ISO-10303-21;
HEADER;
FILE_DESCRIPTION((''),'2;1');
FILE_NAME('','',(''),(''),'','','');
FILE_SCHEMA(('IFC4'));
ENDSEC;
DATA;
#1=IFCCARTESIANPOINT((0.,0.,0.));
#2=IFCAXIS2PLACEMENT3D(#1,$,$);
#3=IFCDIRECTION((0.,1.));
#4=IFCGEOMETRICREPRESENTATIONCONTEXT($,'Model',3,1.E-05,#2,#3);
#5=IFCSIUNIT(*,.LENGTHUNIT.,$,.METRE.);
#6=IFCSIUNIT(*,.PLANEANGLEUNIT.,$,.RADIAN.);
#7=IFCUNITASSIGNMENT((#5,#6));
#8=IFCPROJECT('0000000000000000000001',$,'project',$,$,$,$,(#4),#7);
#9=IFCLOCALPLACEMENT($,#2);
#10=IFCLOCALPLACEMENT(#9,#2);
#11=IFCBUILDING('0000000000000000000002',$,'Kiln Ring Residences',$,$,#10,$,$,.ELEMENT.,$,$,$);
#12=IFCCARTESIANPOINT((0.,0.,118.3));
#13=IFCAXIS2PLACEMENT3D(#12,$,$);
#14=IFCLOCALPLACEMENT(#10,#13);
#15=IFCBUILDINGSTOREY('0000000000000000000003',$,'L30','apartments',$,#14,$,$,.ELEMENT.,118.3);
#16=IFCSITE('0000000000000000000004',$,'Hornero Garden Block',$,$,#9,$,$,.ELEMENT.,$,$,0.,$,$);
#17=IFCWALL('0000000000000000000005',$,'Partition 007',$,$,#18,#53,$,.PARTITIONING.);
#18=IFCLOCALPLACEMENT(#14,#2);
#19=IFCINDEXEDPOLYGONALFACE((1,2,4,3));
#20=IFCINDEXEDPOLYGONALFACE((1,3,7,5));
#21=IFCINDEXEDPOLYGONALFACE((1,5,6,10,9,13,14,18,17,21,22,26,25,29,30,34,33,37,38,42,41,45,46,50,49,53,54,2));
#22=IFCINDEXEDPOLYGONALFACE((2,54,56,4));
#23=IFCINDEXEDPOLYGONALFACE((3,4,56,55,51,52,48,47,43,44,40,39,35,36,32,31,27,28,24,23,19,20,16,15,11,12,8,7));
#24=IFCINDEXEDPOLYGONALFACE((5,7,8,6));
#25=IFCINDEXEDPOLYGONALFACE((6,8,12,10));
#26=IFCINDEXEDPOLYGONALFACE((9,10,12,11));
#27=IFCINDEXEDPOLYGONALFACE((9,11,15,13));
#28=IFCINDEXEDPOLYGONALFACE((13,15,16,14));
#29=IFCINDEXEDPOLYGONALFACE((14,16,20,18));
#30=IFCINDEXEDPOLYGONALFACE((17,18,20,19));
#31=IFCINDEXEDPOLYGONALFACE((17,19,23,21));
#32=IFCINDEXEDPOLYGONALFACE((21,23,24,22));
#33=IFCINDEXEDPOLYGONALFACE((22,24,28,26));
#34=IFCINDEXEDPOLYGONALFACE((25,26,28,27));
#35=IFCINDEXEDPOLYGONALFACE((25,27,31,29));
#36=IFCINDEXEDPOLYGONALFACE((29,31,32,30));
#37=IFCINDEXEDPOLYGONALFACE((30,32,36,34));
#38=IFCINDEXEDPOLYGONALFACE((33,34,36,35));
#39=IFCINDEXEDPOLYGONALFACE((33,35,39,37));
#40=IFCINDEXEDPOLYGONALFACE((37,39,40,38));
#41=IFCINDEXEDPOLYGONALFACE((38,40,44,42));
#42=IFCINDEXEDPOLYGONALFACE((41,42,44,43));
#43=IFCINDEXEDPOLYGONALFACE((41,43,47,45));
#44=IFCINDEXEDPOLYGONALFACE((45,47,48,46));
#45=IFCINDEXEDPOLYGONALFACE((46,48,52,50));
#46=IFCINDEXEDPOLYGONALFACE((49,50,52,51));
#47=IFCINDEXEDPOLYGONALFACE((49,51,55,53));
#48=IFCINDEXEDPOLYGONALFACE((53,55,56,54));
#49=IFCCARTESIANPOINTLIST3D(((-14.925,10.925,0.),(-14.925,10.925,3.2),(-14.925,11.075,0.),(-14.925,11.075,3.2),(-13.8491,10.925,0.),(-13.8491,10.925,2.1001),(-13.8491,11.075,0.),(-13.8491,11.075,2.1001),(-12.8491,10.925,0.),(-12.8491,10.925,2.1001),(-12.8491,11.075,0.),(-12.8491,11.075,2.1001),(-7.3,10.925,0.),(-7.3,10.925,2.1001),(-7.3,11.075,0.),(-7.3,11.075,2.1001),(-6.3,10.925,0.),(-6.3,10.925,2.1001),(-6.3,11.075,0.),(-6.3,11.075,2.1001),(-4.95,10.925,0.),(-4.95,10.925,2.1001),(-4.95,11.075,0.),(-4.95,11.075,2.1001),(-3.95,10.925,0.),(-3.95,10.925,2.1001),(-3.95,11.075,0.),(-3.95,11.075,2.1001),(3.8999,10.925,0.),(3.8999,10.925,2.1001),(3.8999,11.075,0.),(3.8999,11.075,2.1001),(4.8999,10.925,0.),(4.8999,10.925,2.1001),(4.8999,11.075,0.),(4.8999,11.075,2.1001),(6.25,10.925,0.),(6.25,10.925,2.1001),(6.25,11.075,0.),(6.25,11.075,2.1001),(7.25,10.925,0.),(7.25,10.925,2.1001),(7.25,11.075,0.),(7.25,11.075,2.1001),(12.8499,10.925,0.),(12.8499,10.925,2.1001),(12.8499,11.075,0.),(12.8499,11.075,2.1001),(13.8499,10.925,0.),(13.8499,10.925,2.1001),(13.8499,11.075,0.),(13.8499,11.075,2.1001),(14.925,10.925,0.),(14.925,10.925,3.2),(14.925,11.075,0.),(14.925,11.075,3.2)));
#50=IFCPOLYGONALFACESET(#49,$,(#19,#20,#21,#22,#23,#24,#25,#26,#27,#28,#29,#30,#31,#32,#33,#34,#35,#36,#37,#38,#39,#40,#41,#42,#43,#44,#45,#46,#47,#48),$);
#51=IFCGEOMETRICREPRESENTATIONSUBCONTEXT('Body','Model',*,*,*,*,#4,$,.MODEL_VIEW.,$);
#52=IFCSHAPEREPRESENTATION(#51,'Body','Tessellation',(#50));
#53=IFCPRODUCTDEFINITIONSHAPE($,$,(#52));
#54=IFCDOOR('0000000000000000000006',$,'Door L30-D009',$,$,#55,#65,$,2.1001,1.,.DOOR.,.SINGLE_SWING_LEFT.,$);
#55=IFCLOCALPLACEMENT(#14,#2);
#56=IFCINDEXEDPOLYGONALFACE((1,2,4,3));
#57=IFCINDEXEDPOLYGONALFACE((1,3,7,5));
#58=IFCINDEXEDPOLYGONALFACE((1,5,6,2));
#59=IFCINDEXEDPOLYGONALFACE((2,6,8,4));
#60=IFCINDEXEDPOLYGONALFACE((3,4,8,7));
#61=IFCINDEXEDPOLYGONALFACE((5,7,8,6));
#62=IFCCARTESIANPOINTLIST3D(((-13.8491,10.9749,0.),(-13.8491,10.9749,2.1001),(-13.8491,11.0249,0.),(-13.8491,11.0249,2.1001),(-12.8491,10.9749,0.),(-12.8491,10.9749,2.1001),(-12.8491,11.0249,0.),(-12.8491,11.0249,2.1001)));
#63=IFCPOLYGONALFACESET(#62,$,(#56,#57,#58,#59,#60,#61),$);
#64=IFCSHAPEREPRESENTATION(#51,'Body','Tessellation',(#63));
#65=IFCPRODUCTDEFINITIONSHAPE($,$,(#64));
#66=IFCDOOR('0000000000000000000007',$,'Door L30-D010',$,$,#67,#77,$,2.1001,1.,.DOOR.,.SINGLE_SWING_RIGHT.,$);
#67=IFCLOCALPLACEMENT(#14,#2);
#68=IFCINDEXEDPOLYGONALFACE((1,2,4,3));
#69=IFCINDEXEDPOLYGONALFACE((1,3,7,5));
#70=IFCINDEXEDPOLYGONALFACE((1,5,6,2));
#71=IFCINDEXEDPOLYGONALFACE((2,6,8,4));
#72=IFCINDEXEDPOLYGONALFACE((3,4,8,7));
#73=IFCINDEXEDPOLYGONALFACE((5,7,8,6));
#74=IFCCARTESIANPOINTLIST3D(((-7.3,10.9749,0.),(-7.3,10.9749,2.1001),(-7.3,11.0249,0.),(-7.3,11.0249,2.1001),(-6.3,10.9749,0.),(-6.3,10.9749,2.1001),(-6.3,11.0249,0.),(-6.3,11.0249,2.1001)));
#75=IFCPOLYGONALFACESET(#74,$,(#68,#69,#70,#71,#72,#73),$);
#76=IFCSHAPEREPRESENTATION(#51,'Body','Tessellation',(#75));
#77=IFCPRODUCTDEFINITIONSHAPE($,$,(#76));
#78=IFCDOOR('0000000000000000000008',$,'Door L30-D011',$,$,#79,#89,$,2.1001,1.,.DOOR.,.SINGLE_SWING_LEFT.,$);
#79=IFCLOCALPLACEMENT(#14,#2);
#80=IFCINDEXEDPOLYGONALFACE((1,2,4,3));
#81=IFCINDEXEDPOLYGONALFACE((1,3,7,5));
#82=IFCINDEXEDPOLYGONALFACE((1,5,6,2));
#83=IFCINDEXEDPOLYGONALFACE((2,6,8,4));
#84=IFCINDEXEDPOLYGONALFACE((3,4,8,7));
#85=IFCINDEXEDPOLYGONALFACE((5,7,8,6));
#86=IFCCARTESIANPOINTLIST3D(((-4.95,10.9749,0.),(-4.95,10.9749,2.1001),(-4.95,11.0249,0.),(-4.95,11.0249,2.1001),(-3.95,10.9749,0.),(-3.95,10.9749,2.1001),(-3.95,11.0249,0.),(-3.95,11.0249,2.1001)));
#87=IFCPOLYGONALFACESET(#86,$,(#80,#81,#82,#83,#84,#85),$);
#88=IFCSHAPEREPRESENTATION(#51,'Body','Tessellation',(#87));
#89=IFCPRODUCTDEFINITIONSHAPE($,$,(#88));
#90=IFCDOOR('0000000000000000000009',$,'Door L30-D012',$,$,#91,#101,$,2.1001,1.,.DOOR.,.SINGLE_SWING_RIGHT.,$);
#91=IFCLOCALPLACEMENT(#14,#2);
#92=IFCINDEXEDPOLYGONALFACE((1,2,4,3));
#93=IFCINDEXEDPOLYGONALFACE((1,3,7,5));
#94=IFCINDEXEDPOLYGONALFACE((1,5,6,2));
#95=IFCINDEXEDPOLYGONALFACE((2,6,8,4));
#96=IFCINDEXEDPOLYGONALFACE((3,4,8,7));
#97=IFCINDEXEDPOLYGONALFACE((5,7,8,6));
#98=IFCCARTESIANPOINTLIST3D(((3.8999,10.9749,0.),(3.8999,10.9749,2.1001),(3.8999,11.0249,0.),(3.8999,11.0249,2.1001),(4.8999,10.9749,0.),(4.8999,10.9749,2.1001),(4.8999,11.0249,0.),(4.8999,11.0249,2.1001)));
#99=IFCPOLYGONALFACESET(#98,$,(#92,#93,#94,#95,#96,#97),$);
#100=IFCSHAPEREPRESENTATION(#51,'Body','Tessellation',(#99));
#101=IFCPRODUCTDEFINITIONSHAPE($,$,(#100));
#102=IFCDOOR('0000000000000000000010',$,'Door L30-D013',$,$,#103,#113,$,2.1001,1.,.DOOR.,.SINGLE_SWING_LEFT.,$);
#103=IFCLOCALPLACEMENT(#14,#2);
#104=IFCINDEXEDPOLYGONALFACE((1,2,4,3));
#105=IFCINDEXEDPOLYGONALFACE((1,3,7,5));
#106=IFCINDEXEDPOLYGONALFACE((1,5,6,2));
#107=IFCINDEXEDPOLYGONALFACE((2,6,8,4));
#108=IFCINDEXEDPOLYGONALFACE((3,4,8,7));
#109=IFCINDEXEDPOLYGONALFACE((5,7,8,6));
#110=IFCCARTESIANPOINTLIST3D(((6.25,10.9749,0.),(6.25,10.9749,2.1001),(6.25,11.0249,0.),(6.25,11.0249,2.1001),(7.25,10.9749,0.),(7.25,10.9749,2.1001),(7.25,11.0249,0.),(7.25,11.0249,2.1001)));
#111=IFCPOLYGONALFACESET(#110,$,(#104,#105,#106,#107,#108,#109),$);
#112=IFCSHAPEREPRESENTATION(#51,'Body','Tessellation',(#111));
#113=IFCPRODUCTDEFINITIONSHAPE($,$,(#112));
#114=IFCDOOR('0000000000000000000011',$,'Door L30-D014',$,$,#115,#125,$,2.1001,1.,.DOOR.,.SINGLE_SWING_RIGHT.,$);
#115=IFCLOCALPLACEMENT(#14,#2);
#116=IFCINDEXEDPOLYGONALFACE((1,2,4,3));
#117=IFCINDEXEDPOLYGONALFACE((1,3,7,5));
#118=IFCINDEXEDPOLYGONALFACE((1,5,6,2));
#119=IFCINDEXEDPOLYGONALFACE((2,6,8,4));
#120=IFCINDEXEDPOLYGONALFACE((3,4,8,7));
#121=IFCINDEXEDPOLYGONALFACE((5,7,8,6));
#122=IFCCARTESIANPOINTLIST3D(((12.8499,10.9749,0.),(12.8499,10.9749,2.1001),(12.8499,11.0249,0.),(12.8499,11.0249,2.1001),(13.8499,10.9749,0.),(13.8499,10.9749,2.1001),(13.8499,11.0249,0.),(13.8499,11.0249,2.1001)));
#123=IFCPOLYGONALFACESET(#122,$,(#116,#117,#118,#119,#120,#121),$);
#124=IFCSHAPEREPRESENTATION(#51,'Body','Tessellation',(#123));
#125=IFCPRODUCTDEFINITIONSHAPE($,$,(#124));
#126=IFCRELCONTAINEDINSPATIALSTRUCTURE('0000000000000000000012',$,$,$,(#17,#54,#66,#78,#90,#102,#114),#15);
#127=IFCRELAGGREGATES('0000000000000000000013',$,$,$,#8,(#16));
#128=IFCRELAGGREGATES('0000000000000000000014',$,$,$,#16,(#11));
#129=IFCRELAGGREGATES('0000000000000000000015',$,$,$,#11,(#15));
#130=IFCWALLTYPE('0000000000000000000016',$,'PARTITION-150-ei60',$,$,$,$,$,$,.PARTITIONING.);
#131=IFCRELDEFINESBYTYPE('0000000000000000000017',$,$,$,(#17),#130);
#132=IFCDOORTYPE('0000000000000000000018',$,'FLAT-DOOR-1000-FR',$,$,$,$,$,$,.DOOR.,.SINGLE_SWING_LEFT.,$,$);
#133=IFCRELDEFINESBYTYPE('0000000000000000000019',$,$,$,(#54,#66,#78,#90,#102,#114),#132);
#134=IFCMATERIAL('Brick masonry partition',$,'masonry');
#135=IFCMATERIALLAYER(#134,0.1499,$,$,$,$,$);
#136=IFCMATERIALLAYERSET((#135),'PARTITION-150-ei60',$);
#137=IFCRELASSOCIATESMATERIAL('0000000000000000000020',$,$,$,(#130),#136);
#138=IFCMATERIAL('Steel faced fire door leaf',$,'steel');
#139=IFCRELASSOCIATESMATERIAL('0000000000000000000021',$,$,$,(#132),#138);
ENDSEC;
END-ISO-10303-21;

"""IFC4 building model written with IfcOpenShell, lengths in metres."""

from ifc_helpers import new_model, si_unit, direction, frame, frame_2d, origin, place, context, subcontext, project, spatial, rectangle, extrude, material, layer, layer_set, type_object, element, fill, save


model = new_model("IFC4")

# Units and contexts
model_context = context("Model", 3, precision=1e-05, world=origin(), true_north=direction((0.0, 1.0)))
body_context = subcontext(model_context, "Body", "Model", "MODEL_VIEW")
ifc_project = project(units=[si_unit("LENGTHUNIT", "METRE"), si_unit("PLANEANGLEUNIT", "RADIAN")], contexts=[model_context])

# Site, building, storey
site_placement = place(None, origin())
site = spatial("IfcSite", under=ifc_project, at=site_placement, Name="Hornero Garden Block", CompositionType="ELEMENT", RefElevation=0.0)
building_placement = place(site_placement, origin())
building = spatial("IfcBuilding", under=site, at=building_placement, Name="Kiln Ring Residences", CompositionType="ELEMENT")
storey_placement = place(building_placement, frame((0.0, 0.0, 118.3)))
storey = spatial("IfcBuildingStorey", under=building, at=storey_placement, Name="L30", Description="apartments", CompositionType="ELEMENT", Elevation=118.3)

# Wall, openings, doors
ifc_material_1 = material(Name="Brick masonry partition", Category="masonry")
ifc_layer_1 = layer(ifc_material_1, 0.1499)
ifc_layer_set_1 = layer_set([ifc_layer_1], Name="PARTITION-150-ei60")
wall_type = type_object("IfcWallType", Name="PARTITION-150-ei60", PredefinedType="PARTITIONING", material=ifc_layer_set_1)
wall_1_placement = place(storey_placement, frame((-14.925, 11.0, 0.0), z_axis=(0.0, 0.0, 1.0), x_axis=(1.0, 0.0, 0.0)))
wall_1 = element("IfcWall", 1, at=wall_1_placement, inside=storey, type_object=wall_type, Name="Partition 007", PredefinedType="PARTITIONING", context=body_context, shape_type="SweptSolid", body=[
    extrude(rectangle(XDim=29.8501, YDim=0.1499, at=frame_2d((14.925, 0.0))), origin(), (0.0, 0.0, 1.0), 3.2),
])
opening_1_placement = place(wall_1_placement, frame((1.0759, 0.0, 0.0)))
opening_1 = element("IfcOpeningElement", 2, at=opening_1_placement, cuts=wall_1, PredefinedType="OPENING", context=body_context, shape_type="SweptSolid", body=[
    extrude(rectangle(XDim=1.0, YDim=2.1001, at=frame_2d((0.5, 1.05))), frame((0.0, 0.085, 0.0), z_axis=(0.0, -1.0, 0.0), x_axis=(1.0, 0.0, 0.0)), (0.0, 0.0, 1.0), 0.1699),
])
opening_2_placement = place(wall_1_placement, frame((7.625, 0.0, 0.0)))
opening_2 = element("IfcOpeningElement", 3, at=opening_2_placement, cuts=wall_1, PredefinedType="OPENING", context=body_context, shape_type="SweptSolid", body=[
    extrude(rectangle(XDim=1.0, YDim=2.1001, at=frame_2d((0.5, 1.05))), frame((0.0, 0.085, 0.0), z_axis=(0.0, -1.0, 0.0), x_axis=(1.0, 0.0, 0.0)), (0.0, 0.0, 1.0), 0.1699),
])
opening_3_placement = place(wall_1_placement, frame((9.9751, 0.0, 0.0)))
opening_3 = element("IfcOpeningElement", 4, at=opening_3_placement, cuts=wall_1, PredefinedType="OPENING", context=body_context, shape_type="SweptSolid", body=[
    extrude(rectangle(XDim=1.0, YDim=2.1001, at=frame_2d((0.5, 1.05))), frame((0.0, 0.085, 0.0), z_axis=(0.0, -1.0, 0.0), x_axis=(1.0, 0.0, 0.0)), (0.0, 0.0, 1.0), 0.1699),
])
opening_4_placement = place(wall_1_placement, frame((18.825, 0.0, 0.0)))
opening_4 = element("IfcOpeningElement", 5, at=opening_4_placement, cuts=wall_1, PredefinedType="OPENING", context=body_context, shape_type="SweptSolid", body=[
    extrude(rectangle(XDim=1.0, YDim=2.1001, at=frame_2d((0.5, 1.05))), frame((0.0, 0.085, 0.0), z_axis=(0.0, -1.0, 0.0), x_axis=(1.0, 0.0, 0.0)), (0.0, 0.0, 1.0), 0.1699),
])
opening_5_placement = place(wall_1_placement, frame((21.175, 0.0, 0.0)))
opening_5 = element("IfcOpeningElement", 6, at=opening_5_placement, cuts=wall_1, PredefinedType="OPENING", context=body_context, shape_type="SweptSolid", body=[
    extrude(rectangle(XDim=1.0, YDim=2.1001, at=frame_2d((0.5, 1.05))), frame((0.0, 0.085, 0.0), z_axis=(0.0, -1.0, 0.0), x_axis=(1.0, 0.0, 0.0)), (0.0, 0.0, 1.0), 0.1699),
])
opening_6_placement = place(wall_1_placement, frame((27.7749, 0.0, 0.0)))
opening_6 = element("IfcOpeningElement", 7, at=opening_6_placement, cuts=wall_1, PredefinedType="OPENING", context=body_context, shape_type="SweptSolid", body=[
    extrude(rectangle(XDim=1.0, YDim=2.1001, at=frame_2d((0.5, 1.05))), frame((0.0, 0.085, 0.0), z_axis=(0.0, -1.0, 0.0), x_axis=(1.0, 0.0, 0.0)), (0.0, 0.0, 1.0), 0.1699),
])
ifc_material_2 = material(Name="Steel faced fire door leaf", Category="steel")
door_type = type_object("IfcDoorType", Name="FLAT-DOOR-1000-FR", OperationType="SINGLE_SWING_LEFT", PredefinedType="DOOR", material=ifc_material_2)
door_1_placement = place(opening_1_placement, origin())
door_1 = element("IfcDoor", 8, at=door_1_placement, inside=storey, type_object=door_type, Name="Door L30-D009", OperationType="SINGLE_SWING_LEFT", OverallHeight=2.1001, OverallWidth=1.0, PredefinedType="DOOR", context=body_context, shape_type="SweptSolid", body=[
    extrude(rectangle(XDim=1.0, YDim=2.1001, at=frame_2d((0.5, 1.05))), frame((0.0, 0.0249, 0.0), z_axis=(0.0, -1.0, 0.0), x_axis=(1.0, 0.0, 0.0)), (0.0, 0.0, 1.0), 0.05),
])
fill(opening_1, door_1)
door_2_placement = place(opening_2_placement, origin())
door_2 = element("IfcDoor", 9, at=door_2_placement, inside=storey, type_object=door_type, Name="Door L30-D010", OperationType="SINGLE_SWING_RIGHT", OverallHeight=2.1001, OverallWidth=1.0, PredefinedType="DOOR", context=body_context, shape_type="SweptSolid", body=[
    extrude(rectangle(XDim=1.0, YDim=2.1001, at=frame_2d((0.5, 1.05))), frame((0.0, 0.0249, 0.0), z_axis=(0.0, -1.0, 0.0), x_axis=(1.0, 0.0, 0.0)), (0.0, 0.0, 1.0), 0.05),
])
fill(opening_2, door_2)
door_3_placement = place(opening_3_placement, origin())
door_3 = element("IfcDoor", 10, at=door_3_placement, inside=storey, type_object=door_type, Name="Door L30-D011", OperationType="SINGLE_SWING_LEFT", OverallHeight=2.1001, OverallWidth=1.0, PredefinedType="DOOR", context=body_context, shape_type="SweptSolid", body=[
    extrude(rectangle(XDim=1.0, YDim=2.1001, at=frame_2d((0.5, 1.05))), frame((0.0, 0.0249, 0.0), z_axis=(0.0, -1.0, 0.0), x_axis=(1.0, 0.0, 0.0)), (0.0, 0.0, 1.0), 0.05),
])
fill(opening_3, door_3)
door_4_placement = place(opening_4_placement, origin())
door_4 = element("IfcDoor", 11, at=door_4_placement, inside=storey, type_object=door_type, Name="Door L30-D012", OperationType="SINGLE_SWING_RIGHT", OverallHeight=2.1001, OverallWidth=1.0, PredefinedType="DOOR", context=body_context, shape_type="SweptSolid", body=[
    extrude(rectangle(XDim=1.0, YDim=2.1001, at=frame_2d((0.5, 1.05))), frame((0.0, 0.0249, 0.0), z_axis=(0.0, -1.0, 0.0), x_axis=(1.0, 0.0, 0.0)), (0.0, 0.0, 1.0), 0.05),
])
fill(opening_4, door_4)
door_5_placement = place(opening_5_placement, origin())
door_5 = element("IfcDoor", 12, at=door_5_placement, inside=storey, type_object=door_type, Name="Door L30-D013", OperationType="SINGLE_SWING_LEFT", OverallHeight=2.1001, OverallWidth=1.0, PredefinedType="DOOR", context=body_context, shape_type="SweptSolid", body=[
    extrude(rectangle(XDim=1.0, YDim=2.1001, at=frame_2d((0.5, 1.05))), frame((0.0, 0.0249, 0.0), z_axis=(0.0, -1.0, 0.0), x_axis=(1.0, 0.0, 0.0)), (0.0, 0.0, 1.0), 0.05),
])
fill(opening_5, door_5)
door_6_placement = place(opening_6_placement, origin())
door_6 = element("IfcDoor", 13, at=door_6_placement, inside=storey, type_object=door_type, Name="Door L30-D014", OperationType="SINGLE_SWING_RIGHT", OverallHeight=2.1001, OverallWidth=1.0, PredefinedType="DOOR", context=body_context, shape_type="SweptSolid", body=[
    extrude(rectangle(XDim=1.0, YDim=2.1001, at=frame_2d((0.5, 1.05))), frame((0.0, 0.0249, 0.0), z_axis=(0.0, -1.0, 0.0), x_axis=(1.0, 0.0, 0.0)), (0.0, 0.0, 1.0), 0.05),
])
fill(opening_6, door_6)

save(model, "model.ifc")
